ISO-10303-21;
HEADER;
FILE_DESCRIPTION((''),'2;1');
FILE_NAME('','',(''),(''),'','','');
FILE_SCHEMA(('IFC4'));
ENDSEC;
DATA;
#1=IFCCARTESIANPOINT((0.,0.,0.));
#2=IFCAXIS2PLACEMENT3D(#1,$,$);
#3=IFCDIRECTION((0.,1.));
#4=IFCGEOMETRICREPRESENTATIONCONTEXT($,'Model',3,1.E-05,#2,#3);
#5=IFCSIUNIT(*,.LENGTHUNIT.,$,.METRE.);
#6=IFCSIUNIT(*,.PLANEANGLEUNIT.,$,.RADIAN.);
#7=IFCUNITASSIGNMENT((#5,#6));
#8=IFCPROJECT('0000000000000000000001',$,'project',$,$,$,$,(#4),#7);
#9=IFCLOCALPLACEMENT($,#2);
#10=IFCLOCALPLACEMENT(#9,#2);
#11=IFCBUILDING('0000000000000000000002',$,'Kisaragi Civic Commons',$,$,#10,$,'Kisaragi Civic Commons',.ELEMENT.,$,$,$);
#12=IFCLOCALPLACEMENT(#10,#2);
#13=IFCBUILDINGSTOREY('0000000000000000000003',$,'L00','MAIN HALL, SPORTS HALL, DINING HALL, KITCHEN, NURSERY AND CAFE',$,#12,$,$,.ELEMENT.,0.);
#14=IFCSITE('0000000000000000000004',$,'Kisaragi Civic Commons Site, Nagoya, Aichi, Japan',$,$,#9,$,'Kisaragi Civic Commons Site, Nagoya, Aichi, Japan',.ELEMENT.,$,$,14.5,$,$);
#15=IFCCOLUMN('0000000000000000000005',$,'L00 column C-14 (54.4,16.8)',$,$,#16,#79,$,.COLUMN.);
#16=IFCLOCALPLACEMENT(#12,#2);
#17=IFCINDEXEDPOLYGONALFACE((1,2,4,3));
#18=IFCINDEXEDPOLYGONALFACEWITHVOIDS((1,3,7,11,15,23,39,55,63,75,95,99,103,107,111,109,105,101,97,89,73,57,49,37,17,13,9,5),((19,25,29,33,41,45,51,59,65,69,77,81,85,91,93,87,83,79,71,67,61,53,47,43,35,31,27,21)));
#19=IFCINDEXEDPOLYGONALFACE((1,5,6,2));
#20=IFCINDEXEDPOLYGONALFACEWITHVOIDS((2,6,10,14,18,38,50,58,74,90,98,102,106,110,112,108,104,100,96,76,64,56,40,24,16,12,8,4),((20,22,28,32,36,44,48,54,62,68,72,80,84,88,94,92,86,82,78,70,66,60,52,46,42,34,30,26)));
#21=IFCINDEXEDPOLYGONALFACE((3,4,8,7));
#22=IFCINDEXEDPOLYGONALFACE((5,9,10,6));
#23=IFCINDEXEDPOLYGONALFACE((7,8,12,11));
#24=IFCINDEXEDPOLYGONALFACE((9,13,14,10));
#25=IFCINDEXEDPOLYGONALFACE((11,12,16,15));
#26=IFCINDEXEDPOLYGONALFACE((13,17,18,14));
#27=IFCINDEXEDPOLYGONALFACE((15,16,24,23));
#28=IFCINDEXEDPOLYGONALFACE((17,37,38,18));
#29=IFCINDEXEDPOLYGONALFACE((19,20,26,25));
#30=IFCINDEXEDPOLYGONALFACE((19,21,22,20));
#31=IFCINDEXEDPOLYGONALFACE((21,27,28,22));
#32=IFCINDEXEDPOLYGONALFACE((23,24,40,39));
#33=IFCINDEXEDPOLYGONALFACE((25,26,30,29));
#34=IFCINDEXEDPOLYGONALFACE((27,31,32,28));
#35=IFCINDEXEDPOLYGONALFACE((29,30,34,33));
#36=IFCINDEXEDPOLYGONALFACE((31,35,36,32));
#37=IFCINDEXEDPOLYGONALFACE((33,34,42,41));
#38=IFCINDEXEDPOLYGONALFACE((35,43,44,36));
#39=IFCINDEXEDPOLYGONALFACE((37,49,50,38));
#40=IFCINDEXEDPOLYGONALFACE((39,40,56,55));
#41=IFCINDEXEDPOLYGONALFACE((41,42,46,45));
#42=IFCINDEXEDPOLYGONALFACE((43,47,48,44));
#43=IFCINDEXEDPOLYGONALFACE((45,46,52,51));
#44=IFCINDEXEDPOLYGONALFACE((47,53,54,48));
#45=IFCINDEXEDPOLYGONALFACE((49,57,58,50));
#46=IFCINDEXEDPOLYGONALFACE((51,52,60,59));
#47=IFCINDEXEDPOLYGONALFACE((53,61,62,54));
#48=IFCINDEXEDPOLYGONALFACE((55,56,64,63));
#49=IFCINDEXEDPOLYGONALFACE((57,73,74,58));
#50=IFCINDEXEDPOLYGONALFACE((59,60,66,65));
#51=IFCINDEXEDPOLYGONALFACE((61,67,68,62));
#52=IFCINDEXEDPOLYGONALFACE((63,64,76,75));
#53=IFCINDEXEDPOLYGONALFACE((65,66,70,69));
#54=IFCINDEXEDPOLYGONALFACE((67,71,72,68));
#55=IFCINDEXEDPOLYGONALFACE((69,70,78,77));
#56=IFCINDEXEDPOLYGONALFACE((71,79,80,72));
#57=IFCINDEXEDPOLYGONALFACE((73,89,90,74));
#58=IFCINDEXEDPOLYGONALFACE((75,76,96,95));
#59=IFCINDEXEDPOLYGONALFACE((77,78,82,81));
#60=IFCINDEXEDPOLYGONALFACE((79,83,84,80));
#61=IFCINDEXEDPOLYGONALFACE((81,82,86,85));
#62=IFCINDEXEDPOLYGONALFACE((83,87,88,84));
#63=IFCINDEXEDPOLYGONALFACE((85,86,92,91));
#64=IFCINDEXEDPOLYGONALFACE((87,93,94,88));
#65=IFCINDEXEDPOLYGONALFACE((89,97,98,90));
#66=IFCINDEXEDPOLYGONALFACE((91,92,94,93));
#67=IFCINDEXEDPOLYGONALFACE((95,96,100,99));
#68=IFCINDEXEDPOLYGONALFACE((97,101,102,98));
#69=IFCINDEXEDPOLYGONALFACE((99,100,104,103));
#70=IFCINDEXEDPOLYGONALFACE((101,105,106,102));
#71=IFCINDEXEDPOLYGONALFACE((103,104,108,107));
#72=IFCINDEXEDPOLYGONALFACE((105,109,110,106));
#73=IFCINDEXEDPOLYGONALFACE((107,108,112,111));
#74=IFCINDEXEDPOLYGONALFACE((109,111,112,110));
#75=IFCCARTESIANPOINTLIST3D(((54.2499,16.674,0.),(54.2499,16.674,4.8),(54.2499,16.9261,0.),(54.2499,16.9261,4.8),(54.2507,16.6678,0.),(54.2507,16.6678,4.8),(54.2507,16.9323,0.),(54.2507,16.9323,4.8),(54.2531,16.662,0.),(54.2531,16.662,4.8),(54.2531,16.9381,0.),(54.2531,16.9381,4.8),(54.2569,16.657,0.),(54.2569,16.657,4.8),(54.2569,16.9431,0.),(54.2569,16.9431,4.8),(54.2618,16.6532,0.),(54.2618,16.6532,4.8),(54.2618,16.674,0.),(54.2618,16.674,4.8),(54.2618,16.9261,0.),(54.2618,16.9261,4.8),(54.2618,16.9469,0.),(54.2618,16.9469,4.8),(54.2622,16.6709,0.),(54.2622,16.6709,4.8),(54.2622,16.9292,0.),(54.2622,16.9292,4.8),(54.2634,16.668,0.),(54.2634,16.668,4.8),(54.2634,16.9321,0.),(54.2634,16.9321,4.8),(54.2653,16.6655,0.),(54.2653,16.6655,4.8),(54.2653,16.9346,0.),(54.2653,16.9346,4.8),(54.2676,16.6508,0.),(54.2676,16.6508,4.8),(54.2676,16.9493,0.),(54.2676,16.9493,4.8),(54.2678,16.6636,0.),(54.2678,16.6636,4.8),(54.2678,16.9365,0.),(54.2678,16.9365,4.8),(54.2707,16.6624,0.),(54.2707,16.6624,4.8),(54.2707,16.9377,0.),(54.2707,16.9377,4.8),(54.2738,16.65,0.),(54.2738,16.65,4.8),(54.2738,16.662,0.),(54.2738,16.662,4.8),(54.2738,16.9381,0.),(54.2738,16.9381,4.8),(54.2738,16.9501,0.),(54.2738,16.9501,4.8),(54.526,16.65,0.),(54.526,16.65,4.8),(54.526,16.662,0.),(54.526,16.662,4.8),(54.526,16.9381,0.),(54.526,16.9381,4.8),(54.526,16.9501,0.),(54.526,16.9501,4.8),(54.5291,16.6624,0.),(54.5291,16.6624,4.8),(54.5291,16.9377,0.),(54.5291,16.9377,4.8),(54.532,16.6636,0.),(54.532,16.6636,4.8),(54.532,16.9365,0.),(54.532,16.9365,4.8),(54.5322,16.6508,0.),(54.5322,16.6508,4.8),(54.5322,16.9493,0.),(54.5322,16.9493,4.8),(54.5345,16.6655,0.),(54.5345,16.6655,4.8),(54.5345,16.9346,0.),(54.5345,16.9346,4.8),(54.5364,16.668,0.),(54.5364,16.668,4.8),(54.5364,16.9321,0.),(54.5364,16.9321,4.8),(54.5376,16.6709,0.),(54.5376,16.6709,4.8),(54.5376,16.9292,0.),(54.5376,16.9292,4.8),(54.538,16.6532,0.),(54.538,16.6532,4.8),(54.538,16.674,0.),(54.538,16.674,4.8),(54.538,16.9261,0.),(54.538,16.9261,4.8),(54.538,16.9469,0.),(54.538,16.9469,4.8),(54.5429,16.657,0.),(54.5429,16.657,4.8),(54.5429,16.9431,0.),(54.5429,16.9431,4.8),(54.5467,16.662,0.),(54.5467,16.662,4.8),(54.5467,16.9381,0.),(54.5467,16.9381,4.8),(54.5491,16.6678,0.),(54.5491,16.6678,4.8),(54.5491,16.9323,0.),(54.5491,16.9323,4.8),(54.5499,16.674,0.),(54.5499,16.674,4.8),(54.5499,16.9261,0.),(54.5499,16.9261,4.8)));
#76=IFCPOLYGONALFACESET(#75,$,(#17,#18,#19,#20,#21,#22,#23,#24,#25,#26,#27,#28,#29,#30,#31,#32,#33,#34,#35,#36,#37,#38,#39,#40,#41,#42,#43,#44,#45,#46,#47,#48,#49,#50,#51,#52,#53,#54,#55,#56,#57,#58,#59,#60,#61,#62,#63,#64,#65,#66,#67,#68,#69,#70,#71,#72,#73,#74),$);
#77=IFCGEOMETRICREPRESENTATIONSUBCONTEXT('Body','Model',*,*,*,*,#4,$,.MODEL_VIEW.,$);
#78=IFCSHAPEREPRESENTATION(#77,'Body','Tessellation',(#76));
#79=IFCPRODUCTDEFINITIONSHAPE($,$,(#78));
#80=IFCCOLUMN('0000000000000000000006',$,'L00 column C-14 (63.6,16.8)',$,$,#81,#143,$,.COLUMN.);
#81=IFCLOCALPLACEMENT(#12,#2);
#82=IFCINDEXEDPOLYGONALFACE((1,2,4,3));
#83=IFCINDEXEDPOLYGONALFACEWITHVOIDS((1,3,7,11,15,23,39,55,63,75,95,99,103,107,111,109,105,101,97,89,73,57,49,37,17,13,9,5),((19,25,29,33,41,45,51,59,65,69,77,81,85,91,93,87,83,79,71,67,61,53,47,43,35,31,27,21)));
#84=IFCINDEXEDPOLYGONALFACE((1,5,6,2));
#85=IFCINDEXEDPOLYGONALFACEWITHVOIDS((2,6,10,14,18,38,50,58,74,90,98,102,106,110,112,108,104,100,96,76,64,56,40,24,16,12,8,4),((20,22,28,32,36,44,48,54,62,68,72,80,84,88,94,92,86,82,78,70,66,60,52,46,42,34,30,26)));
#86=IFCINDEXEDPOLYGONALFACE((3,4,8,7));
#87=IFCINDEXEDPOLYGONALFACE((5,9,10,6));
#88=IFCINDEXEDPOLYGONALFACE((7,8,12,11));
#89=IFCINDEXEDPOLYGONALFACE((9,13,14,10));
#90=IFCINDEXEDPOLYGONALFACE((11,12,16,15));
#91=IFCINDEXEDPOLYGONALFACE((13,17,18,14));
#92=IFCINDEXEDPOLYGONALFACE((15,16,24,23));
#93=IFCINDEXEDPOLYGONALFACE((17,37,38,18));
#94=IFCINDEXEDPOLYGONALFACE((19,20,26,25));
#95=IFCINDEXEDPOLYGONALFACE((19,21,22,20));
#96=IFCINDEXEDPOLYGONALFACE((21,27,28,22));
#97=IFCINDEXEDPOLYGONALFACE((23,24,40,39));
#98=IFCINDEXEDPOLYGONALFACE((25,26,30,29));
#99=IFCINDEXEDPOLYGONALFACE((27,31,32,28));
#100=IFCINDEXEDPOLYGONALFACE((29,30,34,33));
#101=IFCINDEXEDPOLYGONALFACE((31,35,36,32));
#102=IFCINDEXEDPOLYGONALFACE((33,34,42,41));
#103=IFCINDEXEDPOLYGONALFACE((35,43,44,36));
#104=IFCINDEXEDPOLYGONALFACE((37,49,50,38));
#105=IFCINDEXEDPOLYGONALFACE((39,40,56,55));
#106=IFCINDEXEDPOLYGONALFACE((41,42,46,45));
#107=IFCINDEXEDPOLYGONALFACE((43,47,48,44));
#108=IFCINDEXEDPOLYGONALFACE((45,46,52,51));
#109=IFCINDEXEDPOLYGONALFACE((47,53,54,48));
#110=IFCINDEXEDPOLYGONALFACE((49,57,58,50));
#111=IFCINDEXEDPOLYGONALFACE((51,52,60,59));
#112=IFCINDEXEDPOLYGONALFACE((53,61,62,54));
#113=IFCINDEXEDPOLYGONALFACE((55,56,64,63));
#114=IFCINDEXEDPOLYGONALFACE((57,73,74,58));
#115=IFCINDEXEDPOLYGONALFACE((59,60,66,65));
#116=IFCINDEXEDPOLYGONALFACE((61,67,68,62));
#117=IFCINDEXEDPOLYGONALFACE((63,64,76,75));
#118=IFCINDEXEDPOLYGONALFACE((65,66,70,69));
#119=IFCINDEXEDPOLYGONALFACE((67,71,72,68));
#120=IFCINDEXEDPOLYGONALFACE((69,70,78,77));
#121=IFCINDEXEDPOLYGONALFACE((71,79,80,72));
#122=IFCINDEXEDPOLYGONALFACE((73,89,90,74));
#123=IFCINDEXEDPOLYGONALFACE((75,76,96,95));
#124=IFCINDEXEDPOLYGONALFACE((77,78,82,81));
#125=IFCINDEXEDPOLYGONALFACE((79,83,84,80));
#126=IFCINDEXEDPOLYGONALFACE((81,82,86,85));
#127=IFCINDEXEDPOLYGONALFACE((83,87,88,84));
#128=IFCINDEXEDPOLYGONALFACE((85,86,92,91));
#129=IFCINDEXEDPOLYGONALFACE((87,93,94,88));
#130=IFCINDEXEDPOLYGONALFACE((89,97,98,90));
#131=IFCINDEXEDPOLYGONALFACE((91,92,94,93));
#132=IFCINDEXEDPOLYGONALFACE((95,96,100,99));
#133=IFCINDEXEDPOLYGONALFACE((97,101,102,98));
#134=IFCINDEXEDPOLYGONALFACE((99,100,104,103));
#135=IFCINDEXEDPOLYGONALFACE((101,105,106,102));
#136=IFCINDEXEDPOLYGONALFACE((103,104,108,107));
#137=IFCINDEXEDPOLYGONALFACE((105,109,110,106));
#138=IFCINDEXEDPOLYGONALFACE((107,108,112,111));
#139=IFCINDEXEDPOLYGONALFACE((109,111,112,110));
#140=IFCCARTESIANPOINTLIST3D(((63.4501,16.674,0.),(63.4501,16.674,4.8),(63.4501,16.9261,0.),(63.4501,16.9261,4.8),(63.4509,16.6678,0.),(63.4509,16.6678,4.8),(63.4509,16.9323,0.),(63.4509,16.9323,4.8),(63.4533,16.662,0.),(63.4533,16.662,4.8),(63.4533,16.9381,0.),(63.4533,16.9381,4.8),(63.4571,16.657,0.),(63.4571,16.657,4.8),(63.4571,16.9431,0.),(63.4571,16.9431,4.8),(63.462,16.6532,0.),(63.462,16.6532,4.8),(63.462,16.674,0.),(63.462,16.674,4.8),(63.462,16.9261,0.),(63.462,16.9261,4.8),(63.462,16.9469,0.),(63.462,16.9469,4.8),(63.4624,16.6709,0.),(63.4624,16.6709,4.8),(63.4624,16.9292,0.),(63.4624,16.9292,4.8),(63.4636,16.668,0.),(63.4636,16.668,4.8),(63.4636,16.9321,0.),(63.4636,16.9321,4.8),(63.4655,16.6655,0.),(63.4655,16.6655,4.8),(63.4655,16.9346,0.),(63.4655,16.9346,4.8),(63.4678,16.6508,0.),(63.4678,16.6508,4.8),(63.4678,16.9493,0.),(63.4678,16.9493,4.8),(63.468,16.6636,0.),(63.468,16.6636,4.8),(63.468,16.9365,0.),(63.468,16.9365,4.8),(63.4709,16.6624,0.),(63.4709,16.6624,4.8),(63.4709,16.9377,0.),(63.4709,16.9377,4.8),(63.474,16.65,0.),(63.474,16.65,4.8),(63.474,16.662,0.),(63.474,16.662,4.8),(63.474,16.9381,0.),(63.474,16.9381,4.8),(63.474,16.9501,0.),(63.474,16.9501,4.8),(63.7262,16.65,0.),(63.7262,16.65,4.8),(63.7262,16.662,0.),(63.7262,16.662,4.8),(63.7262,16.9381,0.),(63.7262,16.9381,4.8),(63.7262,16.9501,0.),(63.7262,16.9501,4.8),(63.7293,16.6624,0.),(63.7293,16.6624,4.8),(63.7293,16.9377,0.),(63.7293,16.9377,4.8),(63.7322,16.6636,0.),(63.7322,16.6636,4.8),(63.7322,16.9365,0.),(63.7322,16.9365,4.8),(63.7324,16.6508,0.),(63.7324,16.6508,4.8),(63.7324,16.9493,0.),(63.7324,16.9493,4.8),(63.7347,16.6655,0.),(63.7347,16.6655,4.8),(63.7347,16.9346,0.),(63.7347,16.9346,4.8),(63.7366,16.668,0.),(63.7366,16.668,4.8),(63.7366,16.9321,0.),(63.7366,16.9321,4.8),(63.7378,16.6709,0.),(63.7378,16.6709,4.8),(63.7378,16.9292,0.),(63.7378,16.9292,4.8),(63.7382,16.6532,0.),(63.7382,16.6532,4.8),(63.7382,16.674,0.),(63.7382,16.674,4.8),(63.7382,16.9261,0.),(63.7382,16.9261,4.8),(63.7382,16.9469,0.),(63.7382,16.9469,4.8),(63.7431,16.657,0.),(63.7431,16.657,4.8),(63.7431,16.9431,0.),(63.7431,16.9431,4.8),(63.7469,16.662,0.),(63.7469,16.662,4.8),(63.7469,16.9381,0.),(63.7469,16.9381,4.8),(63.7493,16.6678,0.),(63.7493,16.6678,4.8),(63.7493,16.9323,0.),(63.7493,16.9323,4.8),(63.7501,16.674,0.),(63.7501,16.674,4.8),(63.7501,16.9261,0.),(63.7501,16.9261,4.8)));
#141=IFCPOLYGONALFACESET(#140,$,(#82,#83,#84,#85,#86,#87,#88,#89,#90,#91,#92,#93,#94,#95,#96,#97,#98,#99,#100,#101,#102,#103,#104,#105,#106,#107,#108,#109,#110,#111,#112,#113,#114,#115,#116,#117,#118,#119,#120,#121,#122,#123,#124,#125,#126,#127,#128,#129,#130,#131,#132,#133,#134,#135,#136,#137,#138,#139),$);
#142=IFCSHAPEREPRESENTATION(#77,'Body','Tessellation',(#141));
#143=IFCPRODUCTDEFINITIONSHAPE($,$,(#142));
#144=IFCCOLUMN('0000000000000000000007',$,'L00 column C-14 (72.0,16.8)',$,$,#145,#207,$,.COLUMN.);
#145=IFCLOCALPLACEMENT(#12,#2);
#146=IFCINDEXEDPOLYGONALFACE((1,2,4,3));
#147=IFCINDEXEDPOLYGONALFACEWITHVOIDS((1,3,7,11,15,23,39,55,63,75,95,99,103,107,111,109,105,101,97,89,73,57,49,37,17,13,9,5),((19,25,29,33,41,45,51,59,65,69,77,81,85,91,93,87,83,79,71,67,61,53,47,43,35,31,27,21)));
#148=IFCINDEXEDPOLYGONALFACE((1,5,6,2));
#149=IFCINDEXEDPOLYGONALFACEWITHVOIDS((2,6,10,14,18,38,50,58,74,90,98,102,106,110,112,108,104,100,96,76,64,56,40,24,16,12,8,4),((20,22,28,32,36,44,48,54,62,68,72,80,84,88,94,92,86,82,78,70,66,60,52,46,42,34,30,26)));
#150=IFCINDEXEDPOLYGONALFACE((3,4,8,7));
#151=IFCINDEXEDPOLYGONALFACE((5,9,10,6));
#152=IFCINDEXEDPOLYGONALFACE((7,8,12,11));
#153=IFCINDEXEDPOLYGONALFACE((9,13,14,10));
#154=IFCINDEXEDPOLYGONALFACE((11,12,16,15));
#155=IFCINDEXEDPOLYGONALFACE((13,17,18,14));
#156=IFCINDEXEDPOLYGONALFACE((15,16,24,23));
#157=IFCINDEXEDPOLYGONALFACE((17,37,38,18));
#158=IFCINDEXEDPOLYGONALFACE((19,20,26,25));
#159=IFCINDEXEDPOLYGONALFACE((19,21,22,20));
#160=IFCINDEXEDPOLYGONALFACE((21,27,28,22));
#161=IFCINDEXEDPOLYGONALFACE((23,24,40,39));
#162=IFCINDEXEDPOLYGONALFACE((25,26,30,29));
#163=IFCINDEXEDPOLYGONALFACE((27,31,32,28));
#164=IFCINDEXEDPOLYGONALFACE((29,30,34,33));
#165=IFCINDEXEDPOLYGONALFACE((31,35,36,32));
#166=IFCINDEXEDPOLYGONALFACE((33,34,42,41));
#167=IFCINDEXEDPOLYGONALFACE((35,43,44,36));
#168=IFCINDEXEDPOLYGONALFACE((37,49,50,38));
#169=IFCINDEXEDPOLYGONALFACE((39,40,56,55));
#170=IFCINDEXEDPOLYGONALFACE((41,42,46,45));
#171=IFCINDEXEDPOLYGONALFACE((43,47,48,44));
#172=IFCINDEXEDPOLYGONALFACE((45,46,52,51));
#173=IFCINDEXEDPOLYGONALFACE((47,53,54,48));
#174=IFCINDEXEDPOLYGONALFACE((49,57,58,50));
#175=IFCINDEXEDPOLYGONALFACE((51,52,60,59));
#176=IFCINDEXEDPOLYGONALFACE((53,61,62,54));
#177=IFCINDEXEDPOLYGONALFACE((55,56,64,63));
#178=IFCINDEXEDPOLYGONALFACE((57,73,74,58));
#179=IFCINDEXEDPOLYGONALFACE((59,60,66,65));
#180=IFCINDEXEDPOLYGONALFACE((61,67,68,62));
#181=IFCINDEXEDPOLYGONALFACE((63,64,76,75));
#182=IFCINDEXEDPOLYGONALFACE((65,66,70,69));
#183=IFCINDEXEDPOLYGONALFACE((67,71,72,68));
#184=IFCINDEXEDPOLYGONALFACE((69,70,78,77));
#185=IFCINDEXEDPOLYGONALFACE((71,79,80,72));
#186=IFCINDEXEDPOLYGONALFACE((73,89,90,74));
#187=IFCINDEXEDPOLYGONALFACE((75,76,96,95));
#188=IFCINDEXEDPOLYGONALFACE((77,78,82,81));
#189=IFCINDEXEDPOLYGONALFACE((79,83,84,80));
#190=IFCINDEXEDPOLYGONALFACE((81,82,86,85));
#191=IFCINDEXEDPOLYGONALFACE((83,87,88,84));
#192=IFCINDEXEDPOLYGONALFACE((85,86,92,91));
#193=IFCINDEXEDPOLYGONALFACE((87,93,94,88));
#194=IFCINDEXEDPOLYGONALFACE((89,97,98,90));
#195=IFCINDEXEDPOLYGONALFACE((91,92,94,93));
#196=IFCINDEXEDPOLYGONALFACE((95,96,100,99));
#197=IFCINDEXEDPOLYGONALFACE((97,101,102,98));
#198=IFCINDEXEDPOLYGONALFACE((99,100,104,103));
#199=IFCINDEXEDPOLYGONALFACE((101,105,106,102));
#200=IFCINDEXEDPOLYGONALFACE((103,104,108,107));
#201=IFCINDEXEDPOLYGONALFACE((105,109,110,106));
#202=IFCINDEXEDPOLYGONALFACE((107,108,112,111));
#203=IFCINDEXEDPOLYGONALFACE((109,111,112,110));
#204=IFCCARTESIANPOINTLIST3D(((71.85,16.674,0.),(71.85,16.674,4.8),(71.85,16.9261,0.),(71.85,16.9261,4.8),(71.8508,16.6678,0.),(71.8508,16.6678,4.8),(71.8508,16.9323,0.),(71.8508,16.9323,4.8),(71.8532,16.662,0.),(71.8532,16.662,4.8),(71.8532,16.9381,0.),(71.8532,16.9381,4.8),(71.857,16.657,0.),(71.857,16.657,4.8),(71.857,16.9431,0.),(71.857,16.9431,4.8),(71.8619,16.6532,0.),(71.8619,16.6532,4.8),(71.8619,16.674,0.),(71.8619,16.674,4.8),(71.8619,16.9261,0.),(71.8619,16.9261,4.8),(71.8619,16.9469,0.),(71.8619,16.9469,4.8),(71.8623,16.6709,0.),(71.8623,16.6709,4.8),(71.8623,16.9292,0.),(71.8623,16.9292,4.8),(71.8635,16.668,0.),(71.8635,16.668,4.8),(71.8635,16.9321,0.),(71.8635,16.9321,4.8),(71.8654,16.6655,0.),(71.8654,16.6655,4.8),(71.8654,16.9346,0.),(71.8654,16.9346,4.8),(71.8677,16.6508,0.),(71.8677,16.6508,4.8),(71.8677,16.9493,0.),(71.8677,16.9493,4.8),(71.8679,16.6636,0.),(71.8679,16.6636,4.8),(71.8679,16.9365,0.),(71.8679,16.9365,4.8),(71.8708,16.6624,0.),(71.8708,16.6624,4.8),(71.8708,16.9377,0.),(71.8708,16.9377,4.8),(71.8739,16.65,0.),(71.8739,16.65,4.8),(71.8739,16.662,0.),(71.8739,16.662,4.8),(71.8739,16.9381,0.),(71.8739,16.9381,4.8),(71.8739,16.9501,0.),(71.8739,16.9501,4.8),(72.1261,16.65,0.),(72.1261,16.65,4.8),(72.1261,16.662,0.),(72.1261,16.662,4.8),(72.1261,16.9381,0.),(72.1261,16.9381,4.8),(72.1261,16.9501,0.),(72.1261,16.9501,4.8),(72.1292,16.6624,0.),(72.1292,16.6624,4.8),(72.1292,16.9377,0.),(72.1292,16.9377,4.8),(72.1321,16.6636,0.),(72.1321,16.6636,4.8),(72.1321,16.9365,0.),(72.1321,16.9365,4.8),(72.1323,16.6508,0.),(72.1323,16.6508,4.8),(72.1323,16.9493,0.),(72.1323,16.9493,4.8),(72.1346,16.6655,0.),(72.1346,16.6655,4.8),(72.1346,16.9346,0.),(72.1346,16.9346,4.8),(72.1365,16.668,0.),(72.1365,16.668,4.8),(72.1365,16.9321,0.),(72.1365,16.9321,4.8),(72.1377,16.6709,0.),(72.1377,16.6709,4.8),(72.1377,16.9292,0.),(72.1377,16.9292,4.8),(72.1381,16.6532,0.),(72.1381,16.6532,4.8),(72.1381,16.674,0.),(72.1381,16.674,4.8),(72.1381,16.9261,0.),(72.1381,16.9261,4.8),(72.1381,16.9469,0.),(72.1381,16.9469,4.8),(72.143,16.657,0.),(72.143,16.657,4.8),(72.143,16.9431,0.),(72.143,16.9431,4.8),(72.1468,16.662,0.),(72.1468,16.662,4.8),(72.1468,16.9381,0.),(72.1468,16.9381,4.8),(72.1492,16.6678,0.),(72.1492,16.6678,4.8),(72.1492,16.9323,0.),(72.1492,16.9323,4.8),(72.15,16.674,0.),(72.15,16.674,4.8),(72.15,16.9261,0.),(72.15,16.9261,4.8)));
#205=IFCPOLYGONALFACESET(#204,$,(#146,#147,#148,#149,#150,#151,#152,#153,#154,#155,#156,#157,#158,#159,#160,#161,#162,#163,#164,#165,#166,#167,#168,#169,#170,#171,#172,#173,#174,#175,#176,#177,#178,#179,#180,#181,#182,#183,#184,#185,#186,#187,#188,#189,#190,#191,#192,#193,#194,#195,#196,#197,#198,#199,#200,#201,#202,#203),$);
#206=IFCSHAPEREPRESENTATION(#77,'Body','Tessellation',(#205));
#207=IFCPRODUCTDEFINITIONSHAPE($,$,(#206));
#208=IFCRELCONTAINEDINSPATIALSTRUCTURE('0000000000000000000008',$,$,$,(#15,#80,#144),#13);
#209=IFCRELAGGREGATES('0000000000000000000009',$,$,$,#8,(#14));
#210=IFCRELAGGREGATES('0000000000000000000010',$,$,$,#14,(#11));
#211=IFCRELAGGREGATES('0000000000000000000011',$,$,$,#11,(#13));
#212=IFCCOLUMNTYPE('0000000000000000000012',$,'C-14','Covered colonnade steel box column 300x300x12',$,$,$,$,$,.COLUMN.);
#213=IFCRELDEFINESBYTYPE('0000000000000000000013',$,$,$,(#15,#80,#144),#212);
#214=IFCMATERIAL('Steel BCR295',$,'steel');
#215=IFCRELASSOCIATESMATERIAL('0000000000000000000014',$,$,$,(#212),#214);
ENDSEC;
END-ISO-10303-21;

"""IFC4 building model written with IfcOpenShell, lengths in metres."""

from ifc_helpers import new_model, si_unit, direction, frame, origin, origin_2d, place, context, subcontext, project, spatial, hollow_rectangle, extrude, material, material_profile, profile_set, type_object, element, save


model = new_model("IFC4")

# Units and contexts
model_context = context("Model", 3, precision=1e-05, world=origin(), true_north=direction((0.0, 1.0)))
body_context = subcontext(model_context, "Body", "Model", "MODEL_VIEW")
ifc_project = project(units=[si_unit("LENGTHUNIT", "METRE"), si_unit("PLANEANGLEUNIT", "RADIAN")], contexts=[model_context])

# Site, building, storey
site_placement = place(None, origin())
site = spatial("IfcSite", under=ifc_project, at=site_placement, Name="Kisaragi Civic Commons Site, Nagoya, Aichi, Japan", LongName="Kisaragi Civic Commons Site, Nagoya, Aichi, Japan", CompositionType="ELEMENT", RefElevation=14.5)
building_placement = place(site_placement, origin())
building = spatial("IfcBuilding", under=site, at=building_placement, Name="Kisaragi Civic Commons", LongName="Kisaragi Civic Commons", CompositionType="ELEMENT")
storey_placement = place(building_placement, origin())
storey = spatial("IfcBuildingStorey", under=building, at=storey_placement, Name="L00", Description="MAIN HALL, SPORTS HALL, DINING HALL, KITCHEN, NURSERY AND CAFE", CompositionType="ELEMENT", Elevation=0.0)

# Columns
ifc_material_1 = material(Name="Steel BCR295", Category="steel")
ifc_material_profile_1 = material_profile(ifc_material_1, hollow_rectangle(XDim=0.3, YDim=0.3, WallThickness=0.012, InnerFilletRadius=0.012, OuterFilletRadius=0.0239, at=origin_2d()), Name="BCR-300x300x12", Category="steel")
ifc_profile_set_1 = profile_set([ifc_material_profile_1], Name="Steel BCR295")
column_type = type_object("IfcColumnType", Name="C-14", Description="Covered colonnade steel box column 300x300x12", PredefinedType="COLUMN", material=ifc_profile_set_1)
for number, where, z_axis, x_axis, name in (
    (1, (54.3999, 16.8, 0.0), (0.0, 0.0, 1.0), (1.0, 0.0, 0.0), "L00 column C-14 (54.4,16.8)"),
    (2, (63.6001, 16.8, 0.0), (0.0, 0.0, 1.0), (1.0, 0.0, 0.0), "L00 column C-14 (63.6,16.8)"),
    (3, (72.0, 16.8, 0.0), (0.0, 0.0, 1.0), (1.0, 0.0, 0.0), "L00 column C-14 (72.0,16.8)"),
):
    element("IfcColumn", number, at=place(storey_placement, frame(where, z_axis=z_axis, x_axis=x_axis)), inside=storey, type_object=column_type, Name=name, PredefinedType="COLUMN", context=body_context, shape_type="SweptSolid", body=[
        extrude(hollow_rectangle(XDim=0.3, YDim=0.3, WallThickness=0.012, InnerFilletRadius=0.012, OuterFilletRadius=0.0239, at=origin_2d()), origin(), (0.0, 0.0, 1.0), 4.8),
    ])

save(model, "model.ifc")
